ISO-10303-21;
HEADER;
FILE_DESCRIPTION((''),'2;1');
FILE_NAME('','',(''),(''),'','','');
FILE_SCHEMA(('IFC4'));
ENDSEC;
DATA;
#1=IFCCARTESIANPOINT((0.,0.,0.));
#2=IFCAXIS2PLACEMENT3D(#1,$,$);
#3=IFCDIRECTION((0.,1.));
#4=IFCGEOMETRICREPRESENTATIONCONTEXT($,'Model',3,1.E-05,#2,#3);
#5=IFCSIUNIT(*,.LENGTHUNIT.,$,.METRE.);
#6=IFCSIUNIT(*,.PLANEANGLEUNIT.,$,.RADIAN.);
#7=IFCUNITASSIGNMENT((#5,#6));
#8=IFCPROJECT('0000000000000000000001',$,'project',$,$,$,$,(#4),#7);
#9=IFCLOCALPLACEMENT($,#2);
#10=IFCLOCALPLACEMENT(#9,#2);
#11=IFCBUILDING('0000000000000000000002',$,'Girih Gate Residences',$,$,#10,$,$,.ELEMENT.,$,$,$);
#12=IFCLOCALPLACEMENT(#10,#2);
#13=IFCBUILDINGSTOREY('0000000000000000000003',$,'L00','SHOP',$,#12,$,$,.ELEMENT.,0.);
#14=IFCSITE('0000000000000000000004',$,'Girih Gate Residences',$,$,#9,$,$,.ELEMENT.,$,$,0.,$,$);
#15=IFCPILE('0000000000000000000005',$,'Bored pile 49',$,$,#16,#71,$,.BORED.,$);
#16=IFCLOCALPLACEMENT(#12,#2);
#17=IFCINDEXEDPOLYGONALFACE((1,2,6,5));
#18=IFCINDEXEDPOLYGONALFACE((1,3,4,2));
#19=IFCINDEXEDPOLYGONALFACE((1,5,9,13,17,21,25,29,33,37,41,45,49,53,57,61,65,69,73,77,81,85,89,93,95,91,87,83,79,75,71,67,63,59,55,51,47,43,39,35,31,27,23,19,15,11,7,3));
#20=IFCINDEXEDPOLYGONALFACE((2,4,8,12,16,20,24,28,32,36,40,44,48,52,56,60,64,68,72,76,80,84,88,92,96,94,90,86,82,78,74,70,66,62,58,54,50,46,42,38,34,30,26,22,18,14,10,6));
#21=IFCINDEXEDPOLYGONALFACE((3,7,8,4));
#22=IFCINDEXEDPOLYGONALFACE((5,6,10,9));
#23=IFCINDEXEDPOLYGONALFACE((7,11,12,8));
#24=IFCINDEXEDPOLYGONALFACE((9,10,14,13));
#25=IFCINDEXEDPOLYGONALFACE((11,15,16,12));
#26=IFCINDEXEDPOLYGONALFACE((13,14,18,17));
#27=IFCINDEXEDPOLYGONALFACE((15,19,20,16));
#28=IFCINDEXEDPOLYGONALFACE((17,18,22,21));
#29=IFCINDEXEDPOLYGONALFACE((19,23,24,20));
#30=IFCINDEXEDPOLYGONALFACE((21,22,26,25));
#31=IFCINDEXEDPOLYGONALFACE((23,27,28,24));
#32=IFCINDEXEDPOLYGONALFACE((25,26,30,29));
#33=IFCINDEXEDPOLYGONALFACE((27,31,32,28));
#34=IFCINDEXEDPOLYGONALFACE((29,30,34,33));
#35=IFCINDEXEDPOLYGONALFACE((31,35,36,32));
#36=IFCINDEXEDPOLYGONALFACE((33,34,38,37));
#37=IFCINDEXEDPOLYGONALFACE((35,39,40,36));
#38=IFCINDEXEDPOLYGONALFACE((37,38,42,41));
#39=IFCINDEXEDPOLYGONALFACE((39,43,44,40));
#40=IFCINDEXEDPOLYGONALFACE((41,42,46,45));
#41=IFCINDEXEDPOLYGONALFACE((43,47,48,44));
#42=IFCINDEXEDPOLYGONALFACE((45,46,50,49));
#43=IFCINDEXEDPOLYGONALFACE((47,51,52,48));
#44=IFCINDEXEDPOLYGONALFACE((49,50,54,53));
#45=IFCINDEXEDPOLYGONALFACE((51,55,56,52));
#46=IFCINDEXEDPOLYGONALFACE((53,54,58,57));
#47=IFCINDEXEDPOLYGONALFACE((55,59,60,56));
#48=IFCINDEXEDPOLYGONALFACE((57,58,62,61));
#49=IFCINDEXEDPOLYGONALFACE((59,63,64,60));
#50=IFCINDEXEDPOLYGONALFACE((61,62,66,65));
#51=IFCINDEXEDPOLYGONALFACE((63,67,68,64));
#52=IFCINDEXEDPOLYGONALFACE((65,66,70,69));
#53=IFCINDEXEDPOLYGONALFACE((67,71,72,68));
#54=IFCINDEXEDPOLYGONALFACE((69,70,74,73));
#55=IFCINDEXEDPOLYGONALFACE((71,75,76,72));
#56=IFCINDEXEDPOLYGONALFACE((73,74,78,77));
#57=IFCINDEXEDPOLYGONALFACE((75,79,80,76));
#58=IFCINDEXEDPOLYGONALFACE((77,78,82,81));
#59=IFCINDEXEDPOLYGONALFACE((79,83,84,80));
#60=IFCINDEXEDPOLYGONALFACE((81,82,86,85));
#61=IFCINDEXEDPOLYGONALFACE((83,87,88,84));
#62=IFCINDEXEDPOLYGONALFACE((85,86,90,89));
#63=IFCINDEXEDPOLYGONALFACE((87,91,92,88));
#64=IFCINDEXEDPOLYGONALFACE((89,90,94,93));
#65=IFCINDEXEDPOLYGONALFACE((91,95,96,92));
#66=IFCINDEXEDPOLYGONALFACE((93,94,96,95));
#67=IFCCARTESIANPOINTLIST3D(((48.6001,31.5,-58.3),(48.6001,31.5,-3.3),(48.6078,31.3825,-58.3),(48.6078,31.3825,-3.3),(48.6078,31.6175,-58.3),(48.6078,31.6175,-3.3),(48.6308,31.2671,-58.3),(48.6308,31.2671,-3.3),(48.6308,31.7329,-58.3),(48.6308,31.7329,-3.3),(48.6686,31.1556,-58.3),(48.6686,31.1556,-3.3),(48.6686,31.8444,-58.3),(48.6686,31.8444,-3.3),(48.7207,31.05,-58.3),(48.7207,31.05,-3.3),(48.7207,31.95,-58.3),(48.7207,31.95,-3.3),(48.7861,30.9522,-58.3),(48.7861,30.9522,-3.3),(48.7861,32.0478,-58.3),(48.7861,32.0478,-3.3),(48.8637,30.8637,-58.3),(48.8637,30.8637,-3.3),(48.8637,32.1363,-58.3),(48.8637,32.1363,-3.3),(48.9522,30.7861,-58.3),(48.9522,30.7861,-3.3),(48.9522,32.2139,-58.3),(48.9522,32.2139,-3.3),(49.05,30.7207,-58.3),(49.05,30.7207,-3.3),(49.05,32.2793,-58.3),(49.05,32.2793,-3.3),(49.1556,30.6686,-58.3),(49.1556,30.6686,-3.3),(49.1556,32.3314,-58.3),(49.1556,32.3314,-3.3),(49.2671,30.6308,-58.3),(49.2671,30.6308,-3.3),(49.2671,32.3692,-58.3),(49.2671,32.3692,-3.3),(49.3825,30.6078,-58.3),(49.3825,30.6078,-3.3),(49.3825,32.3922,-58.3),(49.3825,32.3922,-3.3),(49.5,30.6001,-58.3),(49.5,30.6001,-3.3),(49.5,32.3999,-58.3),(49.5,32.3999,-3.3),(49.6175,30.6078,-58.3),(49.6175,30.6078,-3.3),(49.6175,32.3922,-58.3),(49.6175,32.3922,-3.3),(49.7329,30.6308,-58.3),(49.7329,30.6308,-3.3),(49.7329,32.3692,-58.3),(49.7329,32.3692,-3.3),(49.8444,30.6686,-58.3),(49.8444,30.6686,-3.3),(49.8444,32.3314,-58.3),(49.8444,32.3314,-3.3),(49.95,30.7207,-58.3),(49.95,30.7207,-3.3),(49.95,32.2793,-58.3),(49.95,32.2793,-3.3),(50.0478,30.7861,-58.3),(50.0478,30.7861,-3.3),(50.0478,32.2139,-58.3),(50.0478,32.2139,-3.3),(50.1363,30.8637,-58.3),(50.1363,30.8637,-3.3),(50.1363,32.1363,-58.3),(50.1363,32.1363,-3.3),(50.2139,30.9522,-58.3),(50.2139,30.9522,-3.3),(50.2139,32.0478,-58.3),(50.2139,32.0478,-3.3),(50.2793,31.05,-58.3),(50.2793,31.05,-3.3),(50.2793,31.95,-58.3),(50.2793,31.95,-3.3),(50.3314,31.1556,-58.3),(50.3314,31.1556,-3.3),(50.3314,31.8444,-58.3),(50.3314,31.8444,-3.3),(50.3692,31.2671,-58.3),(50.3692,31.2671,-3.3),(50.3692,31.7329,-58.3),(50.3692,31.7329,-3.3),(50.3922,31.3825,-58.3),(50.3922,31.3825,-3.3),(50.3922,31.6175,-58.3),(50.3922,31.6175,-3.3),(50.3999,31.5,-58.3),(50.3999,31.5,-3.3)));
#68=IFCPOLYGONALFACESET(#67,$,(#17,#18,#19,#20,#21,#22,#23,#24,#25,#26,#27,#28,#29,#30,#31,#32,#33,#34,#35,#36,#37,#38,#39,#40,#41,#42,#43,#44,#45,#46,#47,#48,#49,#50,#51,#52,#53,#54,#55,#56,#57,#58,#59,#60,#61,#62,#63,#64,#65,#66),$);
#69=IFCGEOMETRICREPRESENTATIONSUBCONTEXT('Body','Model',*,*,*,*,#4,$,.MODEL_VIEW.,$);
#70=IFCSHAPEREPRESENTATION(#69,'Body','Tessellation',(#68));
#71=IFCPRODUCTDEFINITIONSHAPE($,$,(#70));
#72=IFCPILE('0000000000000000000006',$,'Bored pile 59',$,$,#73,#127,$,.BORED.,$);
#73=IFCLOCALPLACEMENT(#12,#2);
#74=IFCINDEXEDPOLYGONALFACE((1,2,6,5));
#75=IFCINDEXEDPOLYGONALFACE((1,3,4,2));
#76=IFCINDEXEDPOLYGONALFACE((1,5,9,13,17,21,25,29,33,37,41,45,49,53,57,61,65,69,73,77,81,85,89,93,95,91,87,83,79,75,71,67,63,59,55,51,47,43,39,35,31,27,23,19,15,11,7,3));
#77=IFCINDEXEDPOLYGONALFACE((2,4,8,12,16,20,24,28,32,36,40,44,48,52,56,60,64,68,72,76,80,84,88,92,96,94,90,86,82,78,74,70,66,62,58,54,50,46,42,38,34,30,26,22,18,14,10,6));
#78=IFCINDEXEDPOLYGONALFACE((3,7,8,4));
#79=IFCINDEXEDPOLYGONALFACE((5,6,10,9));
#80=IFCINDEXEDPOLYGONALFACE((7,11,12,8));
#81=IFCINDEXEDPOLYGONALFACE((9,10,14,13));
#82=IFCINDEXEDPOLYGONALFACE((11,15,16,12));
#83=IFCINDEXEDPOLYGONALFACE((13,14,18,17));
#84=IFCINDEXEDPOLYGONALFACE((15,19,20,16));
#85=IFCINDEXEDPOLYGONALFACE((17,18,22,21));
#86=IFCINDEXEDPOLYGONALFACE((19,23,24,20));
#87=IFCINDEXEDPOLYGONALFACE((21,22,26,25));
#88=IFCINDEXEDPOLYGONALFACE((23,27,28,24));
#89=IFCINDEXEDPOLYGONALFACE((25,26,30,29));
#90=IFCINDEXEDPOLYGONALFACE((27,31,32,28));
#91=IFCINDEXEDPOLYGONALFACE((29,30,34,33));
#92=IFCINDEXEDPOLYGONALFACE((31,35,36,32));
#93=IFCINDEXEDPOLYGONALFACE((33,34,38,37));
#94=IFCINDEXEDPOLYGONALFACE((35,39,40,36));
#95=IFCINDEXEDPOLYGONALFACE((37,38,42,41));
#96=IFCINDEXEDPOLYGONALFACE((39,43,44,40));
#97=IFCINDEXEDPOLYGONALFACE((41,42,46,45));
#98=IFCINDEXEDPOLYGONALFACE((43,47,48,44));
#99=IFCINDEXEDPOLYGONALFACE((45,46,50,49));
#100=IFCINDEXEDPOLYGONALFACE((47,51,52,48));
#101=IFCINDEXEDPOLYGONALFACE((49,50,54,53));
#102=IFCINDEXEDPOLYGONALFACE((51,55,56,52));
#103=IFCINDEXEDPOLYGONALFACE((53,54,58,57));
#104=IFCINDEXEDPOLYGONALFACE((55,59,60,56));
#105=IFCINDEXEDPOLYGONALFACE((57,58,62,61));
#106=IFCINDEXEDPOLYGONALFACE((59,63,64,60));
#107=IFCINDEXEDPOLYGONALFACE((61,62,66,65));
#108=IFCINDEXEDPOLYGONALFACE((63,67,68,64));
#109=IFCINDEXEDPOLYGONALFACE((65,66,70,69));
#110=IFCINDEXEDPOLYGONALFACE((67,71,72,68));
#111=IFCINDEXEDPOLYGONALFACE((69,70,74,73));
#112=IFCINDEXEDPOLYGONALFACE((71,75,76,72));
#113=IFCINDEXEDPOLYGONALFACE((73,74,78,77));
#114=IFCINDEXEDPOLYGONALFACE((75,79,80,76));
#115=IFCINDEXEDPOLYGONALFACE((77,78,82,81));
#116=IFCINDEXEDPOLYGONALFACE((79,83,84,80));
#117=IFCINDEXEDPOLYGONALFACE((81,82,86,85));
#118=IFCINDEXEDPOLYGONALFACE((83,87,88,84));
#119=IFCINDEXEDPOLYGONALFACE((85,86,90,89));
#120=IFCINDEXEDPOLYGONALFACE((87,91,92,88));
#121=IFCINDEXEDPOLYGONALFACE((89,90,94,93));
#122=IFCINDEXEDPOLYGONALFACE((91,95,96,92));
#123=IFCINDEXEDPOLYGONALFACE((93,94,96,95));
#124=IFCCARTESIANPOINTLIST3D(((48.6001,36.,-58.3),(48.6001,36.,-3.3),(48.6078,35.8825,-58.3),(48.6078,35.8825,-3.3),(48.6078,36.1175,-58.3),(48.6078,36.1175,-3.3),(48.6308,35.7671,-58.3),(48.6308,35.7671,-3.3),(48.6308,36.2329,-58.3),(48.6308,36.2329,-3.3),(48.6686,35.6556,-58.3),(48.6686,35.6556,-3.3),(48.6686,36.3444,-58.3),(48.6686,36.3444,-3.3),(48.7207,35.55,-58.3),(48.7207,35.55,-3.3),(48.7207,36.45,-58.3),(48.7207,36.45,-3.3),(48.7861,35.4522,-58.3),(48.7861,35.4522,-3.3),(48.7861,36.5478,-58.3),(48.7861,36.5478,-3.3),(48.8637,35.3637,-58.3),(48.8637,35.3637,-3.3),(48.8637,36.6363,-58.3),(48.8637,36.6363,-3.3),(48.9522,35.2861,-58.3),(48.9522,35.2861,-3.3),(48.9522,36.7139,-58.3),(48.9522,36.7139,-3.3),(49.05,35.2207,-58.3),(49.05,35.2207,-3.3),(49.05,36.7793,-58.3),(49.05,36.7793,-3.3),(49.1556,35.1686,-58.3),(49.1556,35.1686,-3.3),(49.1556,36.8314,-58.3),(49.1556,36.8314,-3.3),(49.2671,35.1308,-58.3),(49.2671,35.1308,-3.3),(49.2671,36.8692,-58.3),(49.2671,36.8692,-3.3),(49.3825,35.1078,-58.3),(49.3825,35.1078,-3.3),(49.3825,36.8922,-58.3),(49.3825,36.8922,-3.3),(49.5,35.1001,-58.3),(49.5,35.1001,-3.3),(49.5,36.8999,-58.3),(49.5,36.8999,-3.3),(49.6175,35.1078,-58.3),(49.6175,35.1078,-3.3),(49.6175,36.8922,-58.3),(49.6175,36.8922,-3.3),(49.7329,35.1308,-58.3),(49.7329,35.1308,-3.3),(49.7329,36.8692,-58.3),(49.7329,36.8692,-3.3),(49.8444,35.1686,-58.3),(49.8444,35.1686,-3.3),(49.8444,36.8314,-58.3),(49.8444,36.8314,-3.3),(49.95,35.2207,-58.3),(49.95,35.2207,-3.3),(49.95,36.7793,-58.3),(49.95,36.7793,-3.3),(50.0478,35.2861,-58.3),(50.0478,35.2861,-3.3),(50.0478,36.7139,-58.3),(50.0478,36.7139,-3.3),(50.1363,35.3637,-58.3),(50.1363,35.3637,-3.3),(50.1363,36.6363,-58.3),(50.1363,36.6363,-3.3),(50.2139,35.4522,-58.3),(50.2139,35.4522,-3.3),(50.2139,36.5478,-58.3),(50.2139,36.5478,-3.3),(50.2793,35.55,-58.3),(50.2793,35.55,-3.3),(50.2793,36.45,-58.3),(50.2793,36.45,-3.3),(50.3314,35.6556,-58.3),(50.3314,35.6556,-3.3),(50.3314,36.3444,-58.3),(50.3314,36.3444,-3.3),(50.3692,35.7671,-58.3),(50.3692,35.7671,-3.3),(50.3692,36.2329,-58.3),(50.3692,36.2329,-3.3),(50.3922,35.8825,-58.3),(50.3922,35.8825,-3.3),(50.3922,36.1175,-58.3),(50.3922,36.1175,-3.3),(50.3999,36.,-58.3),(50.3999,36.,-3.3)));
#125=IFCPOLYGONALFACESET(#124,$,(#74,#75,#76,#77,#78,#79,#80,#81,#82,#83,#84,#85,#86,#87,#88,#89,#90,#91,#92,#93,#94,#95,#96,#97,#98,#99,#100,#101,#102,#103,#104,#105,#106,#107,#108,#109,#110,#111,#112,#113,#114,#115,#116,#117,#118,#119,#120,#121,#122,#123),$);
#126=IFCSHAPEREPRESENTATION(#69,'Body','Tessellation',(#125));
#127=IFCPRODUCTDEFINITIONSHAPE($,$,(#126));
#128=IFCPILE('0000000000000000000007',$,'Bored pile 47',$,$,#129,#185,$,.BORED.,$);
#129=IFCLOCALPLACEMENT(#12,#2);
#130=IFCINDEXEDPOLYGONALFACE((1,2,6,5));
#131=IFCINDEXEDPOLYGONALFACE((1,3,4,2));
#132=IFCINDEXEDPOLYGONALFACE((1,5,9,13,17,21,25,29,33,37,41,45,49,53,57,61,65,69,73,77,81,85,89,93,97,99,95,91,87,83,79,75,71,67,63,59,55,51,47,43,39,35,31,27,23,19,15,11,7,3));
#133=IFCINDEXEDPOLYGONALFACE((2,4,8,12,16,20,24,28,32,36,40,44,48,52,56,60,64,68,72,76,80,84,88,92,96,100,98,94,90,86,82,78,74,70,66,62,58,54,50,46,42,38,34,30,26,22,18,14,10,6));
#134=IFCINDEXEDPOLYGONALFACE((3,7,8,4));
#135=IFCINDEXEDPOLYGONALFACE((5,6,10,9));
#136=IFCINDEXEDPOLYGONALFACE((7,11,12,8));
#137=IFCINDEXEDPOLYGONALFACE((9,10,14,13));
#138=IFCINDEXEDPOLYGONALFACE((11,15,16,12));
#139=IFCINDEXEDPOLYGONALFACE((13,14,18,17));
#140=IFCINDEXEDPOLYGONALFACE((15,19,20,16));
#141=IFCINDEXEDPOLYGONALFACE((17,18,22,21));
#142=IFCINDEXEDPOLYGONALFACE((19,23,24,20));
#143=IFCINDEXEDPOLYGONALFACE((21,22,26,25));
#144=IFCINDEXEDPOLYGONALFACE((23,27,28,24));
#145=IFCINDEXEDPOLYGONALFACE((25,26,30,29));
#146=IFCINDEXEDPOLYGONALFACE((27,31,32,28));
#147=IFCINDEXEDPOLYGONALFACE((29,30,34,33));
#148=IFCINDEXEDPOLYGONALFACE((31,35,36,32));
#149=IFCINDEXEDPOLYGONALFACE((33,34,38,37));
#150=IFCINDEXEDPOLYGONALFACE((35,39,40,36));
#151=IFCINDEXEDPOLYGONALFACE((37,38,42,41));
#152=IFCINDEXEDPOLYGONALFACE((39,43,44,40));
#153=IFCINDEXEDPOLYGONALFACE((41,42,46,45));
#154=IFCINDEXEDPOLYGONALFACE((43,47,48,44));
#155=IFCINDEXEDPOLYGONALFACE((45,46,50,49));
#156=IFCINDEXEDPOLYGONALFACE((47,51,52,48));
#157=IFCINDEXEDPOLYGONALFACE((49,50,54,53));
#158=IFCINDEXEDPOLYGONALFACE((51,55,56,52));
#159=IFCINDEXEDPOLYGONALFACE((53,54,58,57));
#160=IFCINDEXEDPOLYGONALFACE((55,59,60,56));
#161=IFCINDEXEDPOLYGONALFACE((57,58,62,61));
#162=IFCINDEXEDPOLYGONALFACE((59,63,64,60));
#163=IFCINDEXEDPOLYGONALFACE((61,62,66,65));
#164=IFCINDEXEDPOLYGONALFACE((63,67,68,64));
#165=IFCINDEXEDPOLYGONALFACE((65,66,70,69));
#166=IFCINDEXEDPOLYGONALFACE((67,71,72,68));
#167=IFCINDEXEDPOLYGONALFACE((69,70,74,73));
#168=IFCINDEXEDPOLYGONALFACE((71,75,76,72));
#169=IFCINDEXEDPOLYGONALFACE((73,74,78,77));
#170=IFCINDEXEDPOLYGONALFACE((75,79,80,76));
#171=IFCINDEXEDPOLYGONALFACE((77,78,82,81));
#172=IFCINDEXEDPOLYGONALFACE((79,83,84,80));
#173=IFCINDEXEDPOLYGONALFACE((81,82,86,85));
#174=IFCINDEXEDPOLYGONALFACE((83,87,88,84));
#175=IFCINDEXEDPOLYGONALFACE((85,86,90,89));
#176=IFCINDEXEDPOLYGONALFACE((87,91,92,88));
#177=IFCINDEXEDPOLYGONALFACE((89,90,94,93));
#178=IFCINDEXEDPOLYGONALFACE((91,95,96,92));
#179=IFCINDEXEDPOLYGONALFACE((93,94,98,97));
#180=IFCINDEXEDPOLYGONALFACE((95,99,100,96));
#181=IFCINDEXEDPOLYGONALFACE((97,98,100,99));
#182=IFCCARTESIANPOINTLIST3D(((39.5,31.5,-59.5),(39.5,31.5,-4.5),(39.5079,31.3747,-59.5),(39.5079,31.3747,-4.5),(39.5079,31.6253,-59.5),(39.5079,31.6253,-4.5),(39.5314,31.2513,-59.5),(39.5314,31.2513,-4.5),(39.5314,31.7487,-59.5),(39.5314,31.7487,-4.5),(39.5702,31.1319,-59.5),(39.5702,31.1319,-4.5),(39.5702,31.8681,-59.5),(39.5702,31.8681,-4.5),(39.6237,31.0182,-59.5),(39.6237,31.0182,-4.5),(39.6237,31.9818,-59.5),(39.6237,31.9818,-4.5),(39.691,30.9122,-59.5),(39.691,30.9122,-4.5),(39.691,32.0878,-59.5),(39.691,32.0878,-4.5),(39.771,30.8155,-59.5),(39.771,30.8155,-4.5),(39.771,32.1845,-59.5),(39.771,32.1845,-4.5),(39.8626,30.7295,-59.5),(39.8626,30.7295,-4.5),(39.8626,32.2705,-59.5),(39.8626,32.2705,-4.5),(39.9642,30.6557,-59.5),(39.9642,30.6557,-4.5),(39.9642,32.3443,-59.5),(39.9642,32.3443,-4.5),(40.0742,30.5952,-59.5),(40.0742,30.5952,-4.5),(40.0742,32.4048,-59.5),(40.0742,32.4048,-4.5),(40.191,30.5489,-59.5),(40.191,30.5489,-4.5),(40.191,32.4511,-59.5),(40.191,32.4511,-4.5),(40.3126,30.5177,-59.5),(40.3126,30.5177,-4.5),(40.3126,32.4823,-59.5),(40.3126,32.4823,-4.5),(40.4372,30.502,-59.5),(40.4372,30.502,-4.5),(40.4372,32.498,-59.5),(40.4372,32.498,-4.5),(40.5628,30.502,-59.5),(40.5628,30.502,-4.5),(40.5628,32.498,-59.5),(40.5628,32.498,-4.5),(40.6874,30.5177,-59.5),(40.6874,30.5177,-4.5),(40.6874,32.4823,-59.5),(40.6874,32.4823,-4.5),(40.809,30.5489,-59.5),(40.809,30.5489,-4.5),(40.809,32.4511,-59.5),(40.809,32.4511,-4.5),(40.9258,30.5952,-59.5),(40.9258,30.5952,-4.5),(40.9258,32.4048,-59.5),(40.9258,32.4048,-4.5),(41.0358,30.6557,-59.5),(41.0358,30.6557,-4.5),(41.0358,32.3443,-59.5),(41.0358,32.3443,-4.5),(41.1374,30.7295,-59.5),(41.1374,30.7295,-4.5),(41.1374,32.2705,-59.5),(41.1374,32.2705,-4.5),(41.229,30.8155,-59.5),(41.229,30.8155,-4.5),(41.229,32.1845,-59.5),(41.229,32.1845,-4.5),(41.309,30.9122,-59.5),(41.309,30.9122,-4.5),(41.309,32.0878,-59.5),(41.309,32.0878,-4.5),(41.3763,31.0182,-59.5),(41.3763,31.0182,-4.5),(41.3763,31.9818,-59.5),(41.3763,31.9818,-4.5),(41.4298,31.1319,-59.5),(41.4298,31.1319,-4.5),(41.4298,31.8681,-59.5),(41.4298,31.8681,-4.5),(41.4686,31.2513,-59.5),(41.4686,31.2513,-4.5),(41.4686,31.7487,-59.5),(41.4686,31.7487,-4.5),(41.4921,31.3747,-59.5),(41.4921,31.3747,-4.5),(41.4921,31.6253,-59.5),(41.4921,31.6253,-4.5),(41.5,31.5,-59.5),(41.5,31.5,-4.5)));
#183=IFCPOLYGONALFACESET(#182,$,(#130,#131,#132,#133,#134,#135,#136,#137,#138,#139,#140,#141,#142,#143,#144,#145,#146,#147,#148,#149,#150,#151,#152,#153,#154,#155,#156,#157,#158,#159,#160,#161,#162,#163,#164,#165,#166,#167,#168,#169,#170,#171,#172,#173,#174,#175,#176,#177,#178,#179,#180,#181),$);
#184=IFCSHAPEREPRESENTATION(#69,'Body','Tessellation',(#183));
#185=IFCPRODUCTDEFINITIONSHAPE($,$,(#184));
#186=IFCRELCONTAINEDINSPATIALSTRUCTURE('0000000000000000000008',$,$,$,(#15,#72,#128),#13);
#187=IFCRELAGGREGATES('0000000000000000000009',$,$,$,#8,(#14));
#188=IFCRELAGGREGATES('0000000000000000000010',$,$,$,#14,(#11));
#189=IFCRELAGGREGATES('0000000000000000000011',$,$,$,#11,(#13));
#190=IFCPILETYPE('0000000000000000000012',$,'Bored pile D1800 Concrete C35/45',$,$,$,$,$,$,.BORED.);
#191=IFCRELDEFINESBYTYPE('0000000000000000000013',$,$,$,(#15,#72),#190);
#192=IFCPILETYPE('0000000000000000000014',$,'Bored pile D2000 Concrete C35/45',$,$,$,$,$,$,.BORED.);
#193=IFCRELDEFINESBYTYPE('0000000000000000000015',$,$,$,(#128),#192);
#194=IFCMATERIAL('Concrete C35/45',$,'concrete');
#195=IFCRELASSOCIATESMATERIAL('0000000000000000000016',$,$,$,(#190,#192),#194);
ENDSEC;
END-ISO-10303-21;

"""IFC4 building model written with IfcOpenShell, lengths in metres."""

from ifc_helpers import new_model, si_unit, direction, frame, origin, origin_2d, place, context, subcontext, project, spatial, circle, extrude, material, material_profile, profile_set, type_object, element, save


model = new_model("IFC4")

# Units and contexts
model_context = context("Model", 3, precision=1e-05, world=origin(), true_north=direction((0.0, 1.0)))
body_context = subcontext(model_context, "Body", "Model", "MODEL_VIEW")
ifc_project = project(units=[si_unit("LENGTHUNIT", "METRE"), si_unit("PLANEANGLEUNIT", "RADIAN")], contexts=[model_context])

# Site, building, storey
site_placement = place(None, origin())
site = spatial("IfcSite", under=ifc_project, at=site_placement, Name="Girih Gate Residences", CompositionType="ELEMENT", RefElevation=0.0)
building_placement = place(site_placement, origin())
building = spatial("IfcBuilding", under=site, at=building_placement, Name="Girih Gate Residences", CompositionType="ELEMENT")
storey_placement = place(building_placement, origin())
storey = spatial("IfcBuildingStorey", under=building, at=storey_placement, Name="L00", Description="SHOP", CompositionType="ELEMENT", Elevation=0.0)

# Piles
ifc_material_1 = material(Name="Concrete C35/45", Category="concrete")
ifc_material_profile_1 = material_profile(ifc_material_1, circle(Radius=0.8999, at=origin_2d()))
ifc_profile_set_1 = profile_set([ifc_material_profile_1], Name="Concrete C35/45")
pile_type_1 = type_object("IfcPileType", Name="Bored pile D1800 Concrete C35/45", PredefinedType="BORED", material=ifc_profile_set_1)
for number, where, z_axis, x_axis, name in (
    (1, (49.5, 31.5, -3.3), (0.0, 0.0, -1.0), (1.0, 0.0, 0.0), "Bored pile 49"),
    (2, (49.5, 36.0, -3.3), (0.0, 0.0, -1.0), (1.0, 0.0, 0.0), "Bored pile 59"),
):
    element("IfcPile", number, at=place(storey_placement, frame(where, z_axis=z_axis, x_axis=x_axis)), inside=storey, type_object=pile_type_1, Name=name, PredefinedType="BORED", context=body_context, shape_type="SweptSolid", body=[
        extrude(circle(Radius=0.8999, at=origin_2d()), origin(), (0.0, 0.0, 1.0), 55.0),
    ])
ifc_material_profile_2 = material_profile(ifc_material_1, circle(Radius=1.0, at=origin_2d()))
ifc_profile_set_2 = profile_set([ifc_material_profile_2], Name="Concrete C35/45")
pile_type_2 = type_object("IfcPileType", Name="Bored pile D2000 Concrete C35/45", PredefinedType="BORED", material=ifc_profile_set_2)
for number, where, z_axis, x_axis, name in (
    (3, (40.5, 31.5, -4.5), (0.0, 0.0, -1.0), (1.0, 0.0, 0.0), "Bored pile 47"),
):
    element("IfcPile", number, at=place(storey_placement, frame(where, z_axis=z_axis, x_axis=x_axis)), inside=storey, type_object=pile_type_2, Name=name, PredefinedType="BORED", context=body_context, shape_type="SweptSolid", body=[
        extrude(circle(Radius=1.0, at=origin_2d()), origin(), (0.0, 0.0, 1.0), 55.0),
    ])

save(model, "model.ifc")
